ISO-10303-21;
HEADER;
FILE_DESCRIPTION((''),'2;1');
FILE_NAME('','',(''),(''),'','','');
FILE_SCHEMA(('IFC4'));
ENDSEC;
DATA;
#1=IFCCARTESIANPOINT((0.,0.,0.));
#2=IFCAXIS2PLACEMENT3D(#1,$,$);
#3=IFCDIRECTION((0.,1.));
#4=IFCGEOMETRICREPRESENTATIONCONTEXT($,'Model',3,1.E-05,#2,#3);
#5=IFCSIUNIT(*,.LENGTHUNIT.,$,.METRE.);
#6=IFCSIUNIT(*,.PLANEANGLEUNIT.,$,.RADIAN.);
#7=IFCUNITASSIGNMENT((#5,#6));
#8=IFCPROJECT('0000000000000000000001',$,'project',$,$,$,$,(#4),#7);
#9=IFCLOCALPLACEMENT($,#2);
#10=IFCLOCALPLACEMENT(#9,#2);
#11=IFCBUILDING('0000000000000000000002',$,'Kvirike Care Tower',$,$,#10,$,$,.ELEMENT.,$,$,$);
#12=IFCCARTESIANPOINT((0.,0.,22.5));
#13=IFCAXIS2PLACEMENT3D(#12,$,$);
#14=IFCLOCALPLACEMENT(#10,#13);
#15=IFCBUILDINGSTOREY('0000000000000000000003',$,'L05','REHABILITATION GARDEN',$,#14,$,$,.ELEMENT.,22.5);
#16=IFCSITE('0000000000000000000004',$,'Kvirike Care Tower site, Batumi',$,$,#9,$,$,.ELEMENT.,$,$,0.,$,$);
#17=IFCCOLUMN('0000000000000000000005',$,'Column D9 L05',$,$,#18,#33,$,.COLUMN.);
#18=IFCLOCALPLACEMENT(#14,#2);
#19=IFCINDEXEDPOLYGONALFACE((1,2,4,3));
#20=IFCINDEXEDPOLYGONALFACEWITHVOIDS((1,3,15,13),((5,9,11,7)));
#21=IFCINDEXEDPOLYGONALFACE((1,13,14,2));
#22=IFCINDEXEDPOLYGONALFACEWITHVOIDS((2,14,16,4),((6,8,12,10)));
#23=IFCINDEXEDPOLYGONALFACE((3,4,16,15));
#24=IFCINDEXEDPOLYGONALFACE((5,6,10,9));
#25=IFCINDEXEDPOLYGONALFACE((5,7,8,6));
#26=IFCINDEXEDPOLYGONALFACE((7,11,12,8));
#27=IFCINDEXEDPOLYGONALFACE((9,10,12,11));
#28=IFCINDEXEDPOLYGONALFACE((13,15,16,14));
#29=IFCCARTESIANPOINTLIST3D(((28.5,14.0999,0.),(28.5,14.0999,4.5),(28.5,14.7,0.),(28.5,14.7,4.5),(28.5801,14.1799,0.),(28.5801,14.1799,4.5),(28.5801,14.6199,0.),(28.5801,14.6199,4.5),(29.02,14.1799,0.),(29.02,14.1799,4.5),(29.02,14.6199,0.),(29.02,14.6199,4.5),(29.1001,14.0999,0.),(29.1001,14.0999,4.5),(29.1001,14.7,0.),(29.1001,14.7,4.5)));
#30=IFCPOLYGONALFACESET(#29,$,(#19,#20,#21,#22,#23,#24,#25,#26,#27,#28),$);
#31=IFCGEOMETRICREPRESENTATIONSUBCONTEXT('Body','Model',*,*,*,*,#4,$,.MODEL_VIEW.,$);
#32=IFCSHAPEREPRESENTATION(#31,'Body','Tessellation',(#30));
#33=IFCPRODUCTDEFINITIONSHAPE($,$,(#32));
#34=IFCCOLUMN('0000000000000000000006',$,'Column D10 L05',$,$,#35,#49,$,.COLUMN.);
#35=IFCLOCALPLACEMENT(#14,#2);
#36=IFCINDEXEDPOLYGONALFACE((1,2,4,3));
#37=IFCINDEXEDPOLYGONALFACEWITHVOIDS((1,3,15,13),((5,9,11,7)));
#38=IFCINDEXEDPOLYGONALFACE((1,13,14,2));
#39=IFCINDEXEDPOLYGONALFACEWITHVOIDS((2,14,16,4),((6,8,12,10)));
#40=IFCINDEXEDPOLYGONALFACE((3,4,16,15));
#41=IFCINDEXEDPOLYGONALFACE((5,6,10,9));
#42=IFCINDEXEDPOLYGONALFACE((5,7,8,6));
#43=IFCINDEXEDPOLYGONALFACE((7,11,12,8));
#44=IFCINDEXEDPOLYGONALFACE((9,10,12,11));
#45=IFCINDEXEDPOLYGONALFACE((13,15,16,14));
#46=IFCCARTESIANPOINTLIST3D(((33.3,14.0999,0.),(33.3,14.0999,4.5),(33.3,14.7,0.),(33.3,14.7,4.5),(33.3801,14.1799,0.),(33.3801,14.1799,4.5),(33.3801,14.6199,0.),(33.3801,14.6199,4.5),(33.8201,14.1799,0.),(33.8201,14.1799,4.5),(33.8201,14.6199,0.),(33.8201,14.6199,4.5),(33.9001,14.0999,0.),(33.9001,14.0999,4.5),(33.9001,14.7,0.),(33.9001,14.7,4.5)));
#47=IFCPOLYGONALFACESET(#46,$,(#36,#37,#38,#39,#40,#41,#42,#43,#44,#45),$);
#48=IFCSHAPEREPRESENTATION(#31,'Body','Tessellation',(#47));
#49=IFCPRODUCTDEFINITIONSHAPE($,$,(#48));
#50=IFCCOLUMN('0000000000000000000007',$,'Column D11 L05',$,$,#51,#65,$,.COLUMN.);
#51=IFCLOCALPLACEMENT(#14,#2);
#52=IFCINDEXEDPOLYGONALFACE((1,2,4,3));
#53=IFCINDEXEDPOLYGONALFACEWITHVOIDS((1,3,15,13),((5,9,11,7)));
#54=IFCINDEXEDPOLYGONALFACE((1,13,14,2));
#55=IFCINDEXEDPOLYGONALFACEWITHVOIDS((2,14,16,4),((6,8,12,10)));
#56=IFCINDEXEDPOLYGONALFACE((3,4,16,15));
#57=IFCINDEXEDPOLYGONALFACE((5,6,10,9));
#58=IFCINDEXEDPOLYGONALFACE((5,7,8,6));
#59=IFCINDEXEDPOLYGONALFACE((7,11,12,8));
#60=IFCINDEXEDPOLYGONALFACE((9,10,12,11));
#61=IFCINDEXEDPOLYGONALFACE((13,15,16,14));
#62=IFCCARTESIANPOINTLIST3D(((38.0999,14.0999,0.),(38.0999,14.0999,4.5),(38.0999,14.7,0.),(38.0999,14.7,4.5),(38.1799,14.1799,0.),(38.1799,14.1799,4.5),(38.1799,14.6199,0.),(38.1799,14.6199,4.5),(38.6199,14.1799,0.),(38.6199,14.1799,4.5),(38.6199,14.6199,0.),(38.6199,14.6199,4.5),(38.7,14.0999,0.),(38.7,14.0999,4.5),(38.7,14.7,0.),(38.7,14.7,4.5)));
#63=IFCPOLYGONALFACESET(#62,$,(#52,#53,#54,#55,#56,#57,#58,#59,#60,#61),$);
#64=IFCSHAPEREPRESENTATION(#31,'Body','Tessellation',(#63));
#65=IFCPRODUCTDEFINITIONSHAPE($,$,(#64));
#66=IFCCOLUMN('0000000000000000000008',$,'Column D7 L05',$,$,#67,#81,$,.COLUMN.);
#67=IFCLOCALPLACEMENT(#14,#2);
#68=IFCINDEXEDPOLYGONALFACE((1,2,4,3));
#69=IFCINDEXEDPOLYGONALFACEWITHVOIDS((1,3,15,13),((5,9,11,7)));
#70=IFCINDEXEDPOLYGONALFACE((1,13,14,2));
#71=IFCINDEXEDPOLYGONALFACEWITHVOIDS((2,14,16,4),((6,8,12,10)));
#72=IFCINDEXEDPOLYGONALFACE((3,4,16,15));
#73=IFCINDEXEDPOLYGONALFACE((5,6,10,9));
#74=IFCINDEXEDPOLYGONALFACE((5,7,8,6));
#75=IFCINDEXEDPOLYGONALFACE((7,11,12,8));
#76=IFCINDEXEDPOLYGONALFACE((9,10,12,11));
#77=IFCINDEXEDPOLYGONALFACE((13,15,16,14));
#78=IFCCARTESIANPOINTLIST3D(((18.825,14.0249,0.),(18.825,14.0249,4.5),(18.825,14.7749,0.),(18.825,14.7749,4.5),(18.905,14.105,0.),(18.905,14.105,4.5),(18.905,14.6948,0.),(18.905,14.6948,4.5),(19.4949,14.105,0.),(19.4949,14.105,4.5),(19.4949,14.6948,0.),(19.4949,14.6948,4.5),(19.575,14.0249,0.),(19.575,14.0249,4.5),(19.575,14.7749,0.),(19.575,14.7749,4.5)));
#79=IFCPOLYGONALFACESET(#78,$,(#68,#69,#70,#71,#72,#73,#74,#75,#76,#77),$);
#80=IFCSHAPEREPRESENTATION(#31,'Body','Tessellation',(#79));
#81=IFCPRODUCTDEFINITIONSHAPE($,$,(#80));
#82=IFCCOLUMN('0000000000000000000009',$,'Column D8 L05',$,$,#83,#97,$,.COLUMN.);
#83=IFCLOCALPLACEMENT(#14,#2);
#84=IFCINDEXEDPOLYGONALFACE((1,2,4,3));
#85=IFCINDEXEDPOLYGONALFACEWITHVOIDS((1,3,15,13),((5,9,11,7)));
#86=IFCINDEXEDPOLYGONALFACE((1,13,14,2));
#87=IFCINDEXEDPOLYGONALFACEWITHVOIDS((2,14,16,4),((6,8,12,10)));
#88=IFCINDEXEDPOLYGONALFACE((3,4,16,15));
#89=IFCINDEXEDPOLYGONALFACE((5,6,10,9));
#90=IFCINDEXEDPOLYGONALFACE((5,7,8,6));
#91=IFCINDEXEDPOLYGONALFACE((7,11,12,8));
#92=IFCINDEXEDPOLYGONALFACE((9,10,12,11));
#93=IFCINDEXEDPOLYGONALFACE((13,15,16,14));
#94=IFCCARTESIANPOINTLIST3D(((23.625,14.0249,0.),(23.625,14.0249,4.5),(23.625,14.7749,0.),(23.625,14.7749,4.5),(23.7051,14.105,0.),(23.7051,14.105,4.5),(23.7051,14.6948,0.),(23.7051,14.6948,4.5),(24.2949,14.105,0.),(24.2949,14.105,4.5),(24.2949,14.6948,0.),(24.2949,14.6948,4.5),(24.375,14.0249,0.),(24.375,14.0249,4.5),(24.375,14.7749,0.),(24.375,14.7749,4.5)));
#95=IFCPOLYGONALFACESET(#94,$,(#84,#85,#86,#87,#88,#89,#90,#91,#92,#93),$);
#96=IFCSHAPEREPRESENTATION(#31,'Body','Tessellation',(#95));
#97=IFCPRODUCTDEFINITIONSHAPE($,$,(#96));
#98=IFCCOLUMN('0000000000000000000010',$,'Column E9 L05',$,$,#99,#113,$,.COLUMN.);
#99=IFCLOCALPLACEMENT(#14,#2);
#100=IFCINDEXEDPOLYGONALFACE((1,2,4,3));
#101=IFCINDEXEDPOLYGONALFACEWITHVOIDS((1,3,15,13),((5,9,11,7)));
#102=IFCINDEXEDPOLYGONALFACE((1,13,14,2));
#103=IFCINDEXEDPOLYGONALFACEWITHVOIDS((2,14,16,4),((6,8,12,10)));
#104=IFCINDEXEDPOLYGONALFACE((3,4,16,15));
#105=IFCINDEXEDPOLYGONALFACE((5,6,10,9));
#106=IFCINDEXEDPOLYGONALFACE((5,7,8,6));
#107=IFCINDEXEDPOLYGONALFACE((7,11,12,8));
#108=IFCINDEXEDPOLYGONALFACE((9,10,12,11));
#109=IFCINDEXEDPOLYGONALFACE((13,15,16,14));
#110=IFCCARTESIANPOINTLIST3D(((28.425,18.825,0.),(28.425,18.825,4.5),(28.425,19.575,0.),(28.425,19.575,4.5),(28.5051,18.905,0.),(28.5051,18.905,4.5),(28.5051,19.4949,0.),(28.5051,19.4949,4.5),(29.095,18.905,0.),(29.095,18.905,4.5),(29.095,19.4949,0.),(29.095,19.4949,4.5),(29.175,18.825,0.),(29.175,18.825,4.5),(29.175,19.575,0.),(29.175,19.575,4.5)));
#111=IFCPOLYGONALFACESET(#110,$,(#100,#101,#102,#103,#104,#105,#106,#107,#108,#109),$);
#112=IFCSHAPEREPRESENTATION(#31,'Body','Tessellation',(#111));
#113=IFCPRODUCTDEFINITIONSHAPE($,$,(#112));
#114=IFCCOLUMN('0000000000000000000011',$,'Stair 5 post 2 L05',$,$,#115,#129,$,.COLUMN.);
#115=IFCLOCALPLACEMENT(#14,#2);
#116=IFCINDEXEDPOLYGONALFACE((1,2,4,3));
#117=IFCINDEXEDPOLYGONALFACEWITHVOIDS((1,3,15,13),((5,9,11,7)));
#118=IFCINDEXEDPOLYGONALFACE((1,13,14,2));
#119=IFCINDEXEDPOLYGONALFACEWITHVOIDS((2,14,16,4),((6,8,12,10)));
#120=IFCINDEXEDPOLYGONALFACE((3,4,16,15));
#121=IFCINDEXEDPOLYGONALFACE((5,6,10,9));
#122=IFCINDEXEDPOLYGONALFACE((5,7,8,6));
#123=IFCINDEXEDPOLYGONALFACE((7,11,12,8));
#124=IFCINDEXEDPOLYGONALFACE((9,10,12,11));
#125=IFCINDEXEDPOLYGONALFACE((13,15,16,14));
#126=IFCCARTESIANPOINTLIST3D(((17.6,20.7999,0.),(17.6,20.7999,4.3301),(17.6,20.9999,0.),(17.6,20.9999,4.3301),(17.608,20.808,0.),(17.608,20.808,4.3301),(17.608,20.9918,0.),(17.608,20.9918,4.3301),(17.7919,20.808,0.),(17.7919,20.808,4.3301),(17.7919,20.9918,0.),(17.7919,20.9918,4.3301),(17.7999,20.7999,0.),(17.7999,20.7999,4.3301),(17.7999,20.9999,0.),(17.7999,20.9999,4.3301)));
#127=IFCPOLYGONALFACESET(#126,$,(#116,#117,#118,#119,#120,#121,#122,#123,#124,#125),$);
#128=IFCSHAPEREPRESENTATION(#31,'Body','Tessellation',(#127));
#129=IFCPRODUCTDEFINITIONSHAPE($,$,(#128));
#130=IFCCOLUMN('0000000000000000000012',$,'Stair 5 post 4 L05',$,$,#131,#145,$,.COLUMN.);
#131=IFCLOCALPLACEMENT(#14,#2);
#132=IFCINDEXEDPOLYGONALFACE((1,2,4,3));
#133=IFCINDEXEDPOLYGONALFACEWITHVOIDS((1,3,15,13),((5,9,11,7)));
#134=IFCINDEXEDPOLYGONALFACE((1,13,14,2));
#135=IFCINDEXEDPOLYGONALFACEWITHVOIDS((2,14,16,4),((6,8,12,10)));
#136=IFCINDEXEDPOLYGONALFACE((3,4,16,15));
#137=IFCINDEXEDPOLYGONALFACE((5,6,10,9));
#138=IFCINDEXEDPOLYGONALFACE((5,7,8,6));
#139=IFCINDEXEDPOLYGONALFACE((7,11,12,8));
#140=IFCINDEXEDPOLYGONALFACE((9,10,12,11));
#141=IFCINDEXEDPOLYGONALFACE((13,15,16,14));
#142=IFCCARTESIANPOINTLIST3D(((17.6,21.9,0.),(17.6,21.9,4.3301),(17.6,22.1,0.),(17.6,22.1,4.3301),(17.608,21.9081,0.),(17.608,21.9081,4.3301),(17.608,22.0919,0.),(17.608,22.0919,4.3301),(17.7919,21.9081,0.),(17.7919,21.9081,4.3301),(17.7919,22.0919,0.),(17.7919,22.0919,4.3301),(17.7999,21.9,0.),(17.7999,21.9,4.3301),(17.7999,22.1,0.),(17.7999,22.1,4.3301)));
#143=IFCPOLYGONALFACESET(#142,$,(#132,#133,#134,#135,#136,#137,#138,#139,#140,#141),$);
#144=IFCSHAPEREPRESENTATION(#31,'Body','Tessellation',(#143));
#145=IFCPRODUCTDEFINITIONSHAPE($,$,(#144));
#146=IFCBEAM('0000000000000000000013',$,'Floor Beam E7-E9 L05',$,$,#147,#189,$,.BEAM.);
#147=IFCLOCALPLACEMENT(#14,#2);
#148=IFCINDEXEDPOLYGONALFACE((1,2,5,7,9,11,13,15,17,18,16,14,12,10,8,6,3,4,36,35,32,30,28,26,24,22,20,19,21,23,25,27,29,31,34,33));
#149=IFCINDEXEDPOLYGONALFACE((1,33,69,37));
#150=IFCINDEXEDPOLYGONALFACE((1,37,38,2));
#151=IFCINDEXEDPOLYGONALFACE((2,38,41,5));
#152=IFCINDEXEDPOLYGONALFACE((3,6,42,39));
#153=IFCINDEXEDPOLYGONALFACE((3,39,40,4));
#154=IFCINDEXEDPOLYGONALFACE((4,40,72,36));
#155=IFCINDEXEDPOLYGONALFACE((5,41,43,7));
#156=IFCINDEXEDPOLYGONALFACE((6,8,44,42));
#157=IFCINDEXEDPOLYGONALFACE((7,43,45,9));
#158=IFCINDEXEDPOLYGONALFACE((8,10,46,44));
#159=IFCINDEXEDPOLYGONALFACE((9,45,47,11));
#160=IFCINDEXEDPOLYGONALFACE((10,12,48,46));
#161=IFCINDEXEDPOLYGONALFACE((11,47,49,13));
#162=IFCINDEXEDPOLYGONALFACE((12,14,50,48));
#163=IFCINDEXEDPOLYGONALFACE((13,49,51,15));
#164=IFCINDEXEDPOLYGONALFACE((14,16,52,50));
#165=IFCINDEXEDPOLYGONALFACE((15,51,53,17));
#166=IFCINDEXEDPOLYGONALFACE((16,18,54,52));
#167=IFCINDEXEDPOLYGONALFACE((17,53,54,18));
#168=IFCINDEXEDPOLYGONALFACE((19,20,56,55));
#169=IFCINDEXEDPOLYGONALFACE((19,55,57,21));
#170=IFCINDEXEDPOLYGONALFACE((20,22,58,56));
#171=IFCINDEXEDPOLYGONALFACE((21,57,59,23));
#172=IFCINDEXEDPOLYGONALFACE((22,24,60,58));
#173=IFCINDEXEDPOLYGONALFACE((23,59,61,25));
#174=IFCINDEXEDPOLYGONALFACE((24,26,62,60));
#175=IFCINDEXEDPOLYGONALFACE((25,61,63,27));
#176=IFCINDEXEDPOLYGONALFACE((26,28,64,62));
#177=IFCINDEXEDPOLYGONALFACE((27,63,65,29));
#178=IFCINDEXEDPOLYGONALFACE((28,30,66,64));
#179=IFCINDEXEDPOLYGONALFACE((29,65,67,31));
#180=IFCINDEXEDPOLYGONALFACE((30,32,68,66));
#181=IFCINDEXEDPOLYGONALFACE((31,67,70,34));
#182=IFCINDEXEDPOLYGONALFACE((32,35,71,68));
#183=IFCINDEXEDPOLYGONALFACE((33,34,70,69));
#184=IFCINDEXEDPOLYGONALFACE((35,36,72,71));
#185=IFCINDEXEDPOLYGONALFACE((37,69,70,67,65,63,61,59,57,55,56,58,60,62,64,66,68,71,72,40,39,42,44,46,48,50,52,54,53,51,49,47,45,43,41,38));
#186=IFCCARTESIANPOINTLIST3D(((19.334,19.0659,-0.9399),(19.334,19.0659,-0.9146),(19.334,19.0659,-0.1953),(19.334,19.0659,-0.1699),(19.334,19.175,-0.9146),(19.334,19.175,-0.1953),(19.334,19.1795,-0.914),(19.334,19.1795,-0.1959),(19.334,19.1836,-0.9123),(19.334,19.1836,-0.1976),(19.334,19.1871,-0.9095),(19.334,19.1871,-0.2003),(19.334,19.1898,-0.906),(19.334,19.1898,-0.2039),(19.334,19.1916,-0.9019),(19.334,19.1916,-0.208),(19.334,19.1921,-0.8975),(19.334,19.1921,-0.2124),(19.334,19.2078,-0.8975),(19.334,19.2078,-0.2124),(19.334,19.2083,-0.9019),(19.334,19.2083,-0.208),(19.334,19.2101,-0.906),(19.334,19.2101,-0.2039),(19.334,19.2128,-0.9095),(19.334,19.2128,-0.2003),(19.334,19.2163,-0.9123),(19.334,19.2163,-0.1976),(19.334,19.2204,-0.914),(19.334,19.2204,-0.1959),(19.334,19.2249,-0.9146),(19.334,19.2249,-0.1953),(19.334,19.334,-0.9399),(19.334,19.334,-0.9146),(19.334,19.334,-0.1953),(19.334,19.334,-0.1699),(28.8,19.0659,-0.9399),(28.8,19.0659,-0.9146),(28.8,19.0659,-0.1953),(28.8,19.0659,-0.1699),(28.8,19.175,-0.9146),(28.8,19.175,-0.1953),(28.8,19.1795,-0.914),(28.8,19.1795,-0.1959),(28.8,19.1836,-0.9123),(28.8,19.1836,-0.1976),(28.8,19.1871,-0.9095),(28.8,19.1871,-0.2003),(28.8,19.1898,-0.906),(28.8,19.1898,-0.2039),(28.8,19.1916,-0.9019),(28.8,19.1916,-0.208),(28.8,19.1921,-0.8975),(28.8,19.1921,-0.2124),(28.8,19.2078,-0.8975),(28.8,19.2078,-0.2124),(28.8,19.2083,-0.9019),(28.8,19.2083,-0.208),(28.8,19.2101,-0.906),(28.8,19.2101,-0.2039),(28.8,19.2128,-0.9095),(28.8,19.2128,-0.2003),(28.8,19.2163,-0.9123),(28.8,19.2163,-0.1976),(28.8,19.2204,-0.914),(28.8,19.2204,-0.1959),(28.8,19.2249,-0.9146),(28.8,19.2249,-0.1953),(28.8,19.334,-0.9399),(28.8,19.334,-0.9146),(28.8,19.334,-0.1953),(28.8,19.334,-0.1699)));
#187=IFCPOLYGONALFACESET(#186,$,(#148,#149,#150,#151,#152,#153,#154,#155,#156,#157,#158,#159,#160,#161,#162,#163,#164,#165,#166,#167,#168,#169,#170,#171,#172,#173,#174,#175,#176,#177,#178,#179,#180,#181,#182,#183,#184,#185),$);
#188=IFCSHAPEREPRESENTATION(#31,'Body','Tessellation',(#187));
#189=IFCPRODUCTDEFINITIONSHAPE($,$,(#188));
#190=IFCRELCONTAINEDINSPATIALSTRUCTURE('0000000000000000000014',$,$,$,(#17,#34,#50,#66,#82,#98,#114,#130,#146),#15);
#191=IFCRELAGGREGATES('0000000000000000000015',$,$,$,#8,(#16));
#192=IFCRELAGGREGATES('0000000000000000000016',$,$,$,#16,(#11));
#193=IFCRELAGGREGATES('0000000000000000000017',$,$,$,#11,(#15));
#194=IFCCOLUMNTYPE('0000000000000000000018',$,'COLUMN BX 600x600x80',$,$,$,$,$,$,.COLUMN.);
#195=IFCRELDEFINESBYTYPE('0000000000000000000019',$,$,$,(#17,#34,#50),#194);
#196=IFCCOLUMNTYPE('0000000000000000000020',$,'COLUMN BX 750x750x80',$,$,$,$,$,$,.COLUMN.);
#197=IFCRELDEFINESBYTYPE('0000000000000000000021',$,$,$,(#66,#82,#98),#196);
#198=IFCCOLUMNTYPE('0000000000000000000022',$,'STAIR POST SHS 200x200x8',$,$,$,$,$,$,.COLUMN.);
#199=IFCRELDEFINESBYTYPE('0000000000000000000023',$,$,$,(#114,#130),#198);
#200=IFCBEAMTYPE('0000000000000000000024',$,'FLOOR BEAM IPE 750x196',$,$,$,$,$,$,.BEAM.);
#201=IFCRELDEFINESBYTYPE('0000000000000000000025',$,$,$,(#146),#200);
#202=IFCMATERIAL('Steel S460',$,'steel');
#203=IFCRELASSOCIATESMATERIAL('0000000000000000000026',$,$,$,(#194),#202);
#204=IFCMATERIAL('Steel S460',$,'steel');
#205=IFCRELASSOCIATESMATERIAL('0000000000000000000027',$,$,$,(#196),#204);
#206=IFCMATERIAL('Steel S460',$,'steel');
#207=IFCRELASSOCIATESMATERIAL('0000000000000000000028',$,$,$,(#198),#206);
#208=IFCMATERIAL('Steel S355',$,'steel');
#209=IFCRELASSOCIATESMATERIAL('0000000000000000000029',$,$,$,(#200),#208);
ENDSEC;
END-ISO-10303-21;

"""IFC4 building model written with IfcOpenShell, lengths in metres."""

from ifc_helpers import new_model, si_unit, direction, frame, origin, origin_2d, place, context, subcontext, project, spatial, hollow_rectangle, i_section, extrude, material, material_profile, profile_set, type_object, element, save


model = new_model("IFC4")

# Units and contexts
model_context = context("Model", 3, precision=1e-05, world=origin(), true_north=direction((0.0, 1.0)))
body_context = subcontext(model_context, "Body", "Model", "MODEL_VIEW")
ifc_project = project(units=[si_unit("LENGTHUNIT", "METRE"), si_unit("PLANEANGLEUNIT", "RADIAN")], contexts=[model_context])

# Site, building, storey
site_placement = place(None, origin())
site = spatial("IfcSite", under=ifc_project, at=site_placement, Name="Kvirike Care Tower site, Batumi", CompositionType="ELEMENT", RefElevation=0.0)
building_placement = place(site_placement, origin())
building = spatial("IfcBuilding", under=site, at=building_placement, Name="Kvirike Care Tower", CompositionType="ELEMENT")
storey_placement = place(building_placement, frame((0.0, 0.0, 22.5)))
storey = spatial("IfcBuildingStorey", under=building, at=storey_placement, Name="L05", Description="REHABILITATION GARDEN", CompositionType="ELEMENT", Elevation=22.5)

# Columns
ifc_material_1 = material(Name="Steel S460", Category="steel")
ifc_material_profile_1 = material_profile(ifc_material_1, hollow_rectangle(XDim=0.6001, YDim=0.6001, WallThickness=0.0801, at=origin_2d()), Name="BX 600x600x80")
ifc_profile_set_1 = profile_set([ifc_material_profile_1], Name="Steel S460")
column_type_1 = type_object("IfcColumnType", Name="COLUMN BX 600x600x80", PredefinedType="COLUMN", material=ifc_profile_set_1)
for number, where, z_axis, x_axis, name in (
    (1, (28.8, 14.3999, 0.0), (0.0, 0.0, 1.0), (0.0, 1.0, 0.0), "Column D9 L05"),
    (2, (33.6001, 14.3999, 0.0), (0.0, 0.0, 1.0), (0.0, 1.0, 0.0), "Column D10 L05"),
    (3, (38.3999, 14.3999, 0.0), (0.0, 0.0, 1.0), (0.0, 1.0, 0.0), "Column D11 L05"),
):
    element("IfcColumn", number, at=place(storey_placement, frame(where, z_axis=z_axis, x_axis=x_axis)), inside=storey, type_object=column_type_1, Name=name, PredefinedType="COLUMN", context=body_context, shape_type="SweptSolid", body=[
        extrude(hollow_rectangle(XDim=0.6001, YDim=0.6001, WallThickness=0.0801, at=origin_2d()), origin(), (0.0, 0.0, 1.0), 4.5),
    ])
ifc_material_2 = material(Name="Steel S460", Category="steel")
ifc_material_profile_2 = material_profile(ifc_material_2, hollow_rectangle(XDim=0.75, YDim=0.75, WallThickness=0.0801, at=origin_2d()), Name="BX 750x750x80")
ifc_profile_set_2 = profile_set([ifc_material_profile_2], Name="Steel S460")
column_type_2 = type_object("IfcColumnType", Name="COLUMN BX 750x750x80", PredefinedType="COLUMN", material=ifc_profile_set_2)
for number, where, z_axis, x_axis, name in (
    (4, (19.2, 14.3999, 0.0), (0.0, 0.0, 1.0), (0.0, 1.0, 0.0), "Column D7 L05"),
    (5, (24.0, 14.3999, 0.0), (0.0, 0.0, 1.0), (0.0, 1.0, 0.0), "Column D8 L05"),
    (6, (28.8, 19.2, 0.0), (0.0, 0.0, 1.0), (1.0, 0.0, 0.0), "Column E9 L05"),
):
    element("IfcColumn", number, at=place(storey_placement, frame(where, z_axis=z_axis, x_axis=x_axis)), inside=storey, type_object=column_type_2, Name=name, PredefinedType="COLUMN", context=body_context, shape_type="SweptSolid", body=[
        extrude(hollow_rectangle(XDim=0.75, YDim=0.75, WallThickness=0.0801, at=origin_2d()), origin(), (0.0, 0.0, 1.0), 4.5),
    ])
ifc_material_3 = material(Name="Steel S460", Category="steel")
ifc_material_profile_3 = material_profile(ifc_material_3, hollow_rectangle(XDim=0.2, YDim=0.2, WallThickness=0.0081, at=origin_2d()), Name="SHS 200x200x8")
ifc_profile_set_3 = profile_set([ifc_material_profile_3], Name="Steel S460")
column_type_3 = type_object("IfcColumnType", Name="STAIR POST SHS 200x200x8", PredefinedType="COLUMN", material=ifc_profile_set_3)
for number, where, z_axis, x_axis, name in (
    (7, (17.7, 20.8999, 0.0), (0.0, 0.0, 1.0), (1.0, 0.0, 0.0), "Stair 5 post 2 L05"),
    (8, (17.7, 22.0, 0.0), (0.0, 0.0, 1.0), (1.0, 0.0, 0.0), "Stair 5 post 4 L05"),
):
    element("IfcColumn", number, at=place(storey_placement, frame(where, z_axis=z_axis, x_axis=x_axis)), inside=storey, type_object=column_type_3, Name=name, PredefinedType="COLUMN", context=body_context, shape_type="SweptSolid", body=[
        extrude(hollow_rectangle(XDim=0.2, YDim=0.2, WallThickness=0.0081, at=origin_2d()), origin(), (0.0, 0.0, 1.0), 4.3301),
    ])

# Beam
ifc_material_4 = material(Name="Steel S355", Category="steel")
ifc_material_profile_4 = material_profile(ifc_material_4, i_section(OverallWidth=0.2681, OverallDepth=0.77, WebThickness=0.0156, FlangeThickness=0.0254, FilletRadius=0.0171, at=origin_2d()), Name="IPE 750x196")
ifc_profile_set_4 = profile_set([ifc_material_profile_4], Name="Steel S355")
beam_type_1 = type_object("IfcBeamType", Name="FLOOR BEAM IPE 750x196", PredefinedType="BEAM", material=ifc_profile_set_4)
beam_1_placement = place(storey_placement, frame((19.334, 19.2, -0.5549), z_axis=(1.0, 0.0, 0.0), x_axis=(0.0, 1.0, 0.0)))
element("IfcBeam", 9, at=beam_1_placement, inside=storey, type_object=beam_type_1, Name="Floor Beam E7-E9 L05", PredefinedType="BEAM", context=body_context, shape_type="SweptSolid", body=[
    extrude(i_section(OverallWidth=0.2681, OverallDepth=0.77, WebThickness=0.0156, FlangeThickness=0.0254, FilletRadius=0.0171, at=origin_2d()), origin(), (0.0, 0.0, 1.0), 9.4661),
])

save(model, "model.ifc")
